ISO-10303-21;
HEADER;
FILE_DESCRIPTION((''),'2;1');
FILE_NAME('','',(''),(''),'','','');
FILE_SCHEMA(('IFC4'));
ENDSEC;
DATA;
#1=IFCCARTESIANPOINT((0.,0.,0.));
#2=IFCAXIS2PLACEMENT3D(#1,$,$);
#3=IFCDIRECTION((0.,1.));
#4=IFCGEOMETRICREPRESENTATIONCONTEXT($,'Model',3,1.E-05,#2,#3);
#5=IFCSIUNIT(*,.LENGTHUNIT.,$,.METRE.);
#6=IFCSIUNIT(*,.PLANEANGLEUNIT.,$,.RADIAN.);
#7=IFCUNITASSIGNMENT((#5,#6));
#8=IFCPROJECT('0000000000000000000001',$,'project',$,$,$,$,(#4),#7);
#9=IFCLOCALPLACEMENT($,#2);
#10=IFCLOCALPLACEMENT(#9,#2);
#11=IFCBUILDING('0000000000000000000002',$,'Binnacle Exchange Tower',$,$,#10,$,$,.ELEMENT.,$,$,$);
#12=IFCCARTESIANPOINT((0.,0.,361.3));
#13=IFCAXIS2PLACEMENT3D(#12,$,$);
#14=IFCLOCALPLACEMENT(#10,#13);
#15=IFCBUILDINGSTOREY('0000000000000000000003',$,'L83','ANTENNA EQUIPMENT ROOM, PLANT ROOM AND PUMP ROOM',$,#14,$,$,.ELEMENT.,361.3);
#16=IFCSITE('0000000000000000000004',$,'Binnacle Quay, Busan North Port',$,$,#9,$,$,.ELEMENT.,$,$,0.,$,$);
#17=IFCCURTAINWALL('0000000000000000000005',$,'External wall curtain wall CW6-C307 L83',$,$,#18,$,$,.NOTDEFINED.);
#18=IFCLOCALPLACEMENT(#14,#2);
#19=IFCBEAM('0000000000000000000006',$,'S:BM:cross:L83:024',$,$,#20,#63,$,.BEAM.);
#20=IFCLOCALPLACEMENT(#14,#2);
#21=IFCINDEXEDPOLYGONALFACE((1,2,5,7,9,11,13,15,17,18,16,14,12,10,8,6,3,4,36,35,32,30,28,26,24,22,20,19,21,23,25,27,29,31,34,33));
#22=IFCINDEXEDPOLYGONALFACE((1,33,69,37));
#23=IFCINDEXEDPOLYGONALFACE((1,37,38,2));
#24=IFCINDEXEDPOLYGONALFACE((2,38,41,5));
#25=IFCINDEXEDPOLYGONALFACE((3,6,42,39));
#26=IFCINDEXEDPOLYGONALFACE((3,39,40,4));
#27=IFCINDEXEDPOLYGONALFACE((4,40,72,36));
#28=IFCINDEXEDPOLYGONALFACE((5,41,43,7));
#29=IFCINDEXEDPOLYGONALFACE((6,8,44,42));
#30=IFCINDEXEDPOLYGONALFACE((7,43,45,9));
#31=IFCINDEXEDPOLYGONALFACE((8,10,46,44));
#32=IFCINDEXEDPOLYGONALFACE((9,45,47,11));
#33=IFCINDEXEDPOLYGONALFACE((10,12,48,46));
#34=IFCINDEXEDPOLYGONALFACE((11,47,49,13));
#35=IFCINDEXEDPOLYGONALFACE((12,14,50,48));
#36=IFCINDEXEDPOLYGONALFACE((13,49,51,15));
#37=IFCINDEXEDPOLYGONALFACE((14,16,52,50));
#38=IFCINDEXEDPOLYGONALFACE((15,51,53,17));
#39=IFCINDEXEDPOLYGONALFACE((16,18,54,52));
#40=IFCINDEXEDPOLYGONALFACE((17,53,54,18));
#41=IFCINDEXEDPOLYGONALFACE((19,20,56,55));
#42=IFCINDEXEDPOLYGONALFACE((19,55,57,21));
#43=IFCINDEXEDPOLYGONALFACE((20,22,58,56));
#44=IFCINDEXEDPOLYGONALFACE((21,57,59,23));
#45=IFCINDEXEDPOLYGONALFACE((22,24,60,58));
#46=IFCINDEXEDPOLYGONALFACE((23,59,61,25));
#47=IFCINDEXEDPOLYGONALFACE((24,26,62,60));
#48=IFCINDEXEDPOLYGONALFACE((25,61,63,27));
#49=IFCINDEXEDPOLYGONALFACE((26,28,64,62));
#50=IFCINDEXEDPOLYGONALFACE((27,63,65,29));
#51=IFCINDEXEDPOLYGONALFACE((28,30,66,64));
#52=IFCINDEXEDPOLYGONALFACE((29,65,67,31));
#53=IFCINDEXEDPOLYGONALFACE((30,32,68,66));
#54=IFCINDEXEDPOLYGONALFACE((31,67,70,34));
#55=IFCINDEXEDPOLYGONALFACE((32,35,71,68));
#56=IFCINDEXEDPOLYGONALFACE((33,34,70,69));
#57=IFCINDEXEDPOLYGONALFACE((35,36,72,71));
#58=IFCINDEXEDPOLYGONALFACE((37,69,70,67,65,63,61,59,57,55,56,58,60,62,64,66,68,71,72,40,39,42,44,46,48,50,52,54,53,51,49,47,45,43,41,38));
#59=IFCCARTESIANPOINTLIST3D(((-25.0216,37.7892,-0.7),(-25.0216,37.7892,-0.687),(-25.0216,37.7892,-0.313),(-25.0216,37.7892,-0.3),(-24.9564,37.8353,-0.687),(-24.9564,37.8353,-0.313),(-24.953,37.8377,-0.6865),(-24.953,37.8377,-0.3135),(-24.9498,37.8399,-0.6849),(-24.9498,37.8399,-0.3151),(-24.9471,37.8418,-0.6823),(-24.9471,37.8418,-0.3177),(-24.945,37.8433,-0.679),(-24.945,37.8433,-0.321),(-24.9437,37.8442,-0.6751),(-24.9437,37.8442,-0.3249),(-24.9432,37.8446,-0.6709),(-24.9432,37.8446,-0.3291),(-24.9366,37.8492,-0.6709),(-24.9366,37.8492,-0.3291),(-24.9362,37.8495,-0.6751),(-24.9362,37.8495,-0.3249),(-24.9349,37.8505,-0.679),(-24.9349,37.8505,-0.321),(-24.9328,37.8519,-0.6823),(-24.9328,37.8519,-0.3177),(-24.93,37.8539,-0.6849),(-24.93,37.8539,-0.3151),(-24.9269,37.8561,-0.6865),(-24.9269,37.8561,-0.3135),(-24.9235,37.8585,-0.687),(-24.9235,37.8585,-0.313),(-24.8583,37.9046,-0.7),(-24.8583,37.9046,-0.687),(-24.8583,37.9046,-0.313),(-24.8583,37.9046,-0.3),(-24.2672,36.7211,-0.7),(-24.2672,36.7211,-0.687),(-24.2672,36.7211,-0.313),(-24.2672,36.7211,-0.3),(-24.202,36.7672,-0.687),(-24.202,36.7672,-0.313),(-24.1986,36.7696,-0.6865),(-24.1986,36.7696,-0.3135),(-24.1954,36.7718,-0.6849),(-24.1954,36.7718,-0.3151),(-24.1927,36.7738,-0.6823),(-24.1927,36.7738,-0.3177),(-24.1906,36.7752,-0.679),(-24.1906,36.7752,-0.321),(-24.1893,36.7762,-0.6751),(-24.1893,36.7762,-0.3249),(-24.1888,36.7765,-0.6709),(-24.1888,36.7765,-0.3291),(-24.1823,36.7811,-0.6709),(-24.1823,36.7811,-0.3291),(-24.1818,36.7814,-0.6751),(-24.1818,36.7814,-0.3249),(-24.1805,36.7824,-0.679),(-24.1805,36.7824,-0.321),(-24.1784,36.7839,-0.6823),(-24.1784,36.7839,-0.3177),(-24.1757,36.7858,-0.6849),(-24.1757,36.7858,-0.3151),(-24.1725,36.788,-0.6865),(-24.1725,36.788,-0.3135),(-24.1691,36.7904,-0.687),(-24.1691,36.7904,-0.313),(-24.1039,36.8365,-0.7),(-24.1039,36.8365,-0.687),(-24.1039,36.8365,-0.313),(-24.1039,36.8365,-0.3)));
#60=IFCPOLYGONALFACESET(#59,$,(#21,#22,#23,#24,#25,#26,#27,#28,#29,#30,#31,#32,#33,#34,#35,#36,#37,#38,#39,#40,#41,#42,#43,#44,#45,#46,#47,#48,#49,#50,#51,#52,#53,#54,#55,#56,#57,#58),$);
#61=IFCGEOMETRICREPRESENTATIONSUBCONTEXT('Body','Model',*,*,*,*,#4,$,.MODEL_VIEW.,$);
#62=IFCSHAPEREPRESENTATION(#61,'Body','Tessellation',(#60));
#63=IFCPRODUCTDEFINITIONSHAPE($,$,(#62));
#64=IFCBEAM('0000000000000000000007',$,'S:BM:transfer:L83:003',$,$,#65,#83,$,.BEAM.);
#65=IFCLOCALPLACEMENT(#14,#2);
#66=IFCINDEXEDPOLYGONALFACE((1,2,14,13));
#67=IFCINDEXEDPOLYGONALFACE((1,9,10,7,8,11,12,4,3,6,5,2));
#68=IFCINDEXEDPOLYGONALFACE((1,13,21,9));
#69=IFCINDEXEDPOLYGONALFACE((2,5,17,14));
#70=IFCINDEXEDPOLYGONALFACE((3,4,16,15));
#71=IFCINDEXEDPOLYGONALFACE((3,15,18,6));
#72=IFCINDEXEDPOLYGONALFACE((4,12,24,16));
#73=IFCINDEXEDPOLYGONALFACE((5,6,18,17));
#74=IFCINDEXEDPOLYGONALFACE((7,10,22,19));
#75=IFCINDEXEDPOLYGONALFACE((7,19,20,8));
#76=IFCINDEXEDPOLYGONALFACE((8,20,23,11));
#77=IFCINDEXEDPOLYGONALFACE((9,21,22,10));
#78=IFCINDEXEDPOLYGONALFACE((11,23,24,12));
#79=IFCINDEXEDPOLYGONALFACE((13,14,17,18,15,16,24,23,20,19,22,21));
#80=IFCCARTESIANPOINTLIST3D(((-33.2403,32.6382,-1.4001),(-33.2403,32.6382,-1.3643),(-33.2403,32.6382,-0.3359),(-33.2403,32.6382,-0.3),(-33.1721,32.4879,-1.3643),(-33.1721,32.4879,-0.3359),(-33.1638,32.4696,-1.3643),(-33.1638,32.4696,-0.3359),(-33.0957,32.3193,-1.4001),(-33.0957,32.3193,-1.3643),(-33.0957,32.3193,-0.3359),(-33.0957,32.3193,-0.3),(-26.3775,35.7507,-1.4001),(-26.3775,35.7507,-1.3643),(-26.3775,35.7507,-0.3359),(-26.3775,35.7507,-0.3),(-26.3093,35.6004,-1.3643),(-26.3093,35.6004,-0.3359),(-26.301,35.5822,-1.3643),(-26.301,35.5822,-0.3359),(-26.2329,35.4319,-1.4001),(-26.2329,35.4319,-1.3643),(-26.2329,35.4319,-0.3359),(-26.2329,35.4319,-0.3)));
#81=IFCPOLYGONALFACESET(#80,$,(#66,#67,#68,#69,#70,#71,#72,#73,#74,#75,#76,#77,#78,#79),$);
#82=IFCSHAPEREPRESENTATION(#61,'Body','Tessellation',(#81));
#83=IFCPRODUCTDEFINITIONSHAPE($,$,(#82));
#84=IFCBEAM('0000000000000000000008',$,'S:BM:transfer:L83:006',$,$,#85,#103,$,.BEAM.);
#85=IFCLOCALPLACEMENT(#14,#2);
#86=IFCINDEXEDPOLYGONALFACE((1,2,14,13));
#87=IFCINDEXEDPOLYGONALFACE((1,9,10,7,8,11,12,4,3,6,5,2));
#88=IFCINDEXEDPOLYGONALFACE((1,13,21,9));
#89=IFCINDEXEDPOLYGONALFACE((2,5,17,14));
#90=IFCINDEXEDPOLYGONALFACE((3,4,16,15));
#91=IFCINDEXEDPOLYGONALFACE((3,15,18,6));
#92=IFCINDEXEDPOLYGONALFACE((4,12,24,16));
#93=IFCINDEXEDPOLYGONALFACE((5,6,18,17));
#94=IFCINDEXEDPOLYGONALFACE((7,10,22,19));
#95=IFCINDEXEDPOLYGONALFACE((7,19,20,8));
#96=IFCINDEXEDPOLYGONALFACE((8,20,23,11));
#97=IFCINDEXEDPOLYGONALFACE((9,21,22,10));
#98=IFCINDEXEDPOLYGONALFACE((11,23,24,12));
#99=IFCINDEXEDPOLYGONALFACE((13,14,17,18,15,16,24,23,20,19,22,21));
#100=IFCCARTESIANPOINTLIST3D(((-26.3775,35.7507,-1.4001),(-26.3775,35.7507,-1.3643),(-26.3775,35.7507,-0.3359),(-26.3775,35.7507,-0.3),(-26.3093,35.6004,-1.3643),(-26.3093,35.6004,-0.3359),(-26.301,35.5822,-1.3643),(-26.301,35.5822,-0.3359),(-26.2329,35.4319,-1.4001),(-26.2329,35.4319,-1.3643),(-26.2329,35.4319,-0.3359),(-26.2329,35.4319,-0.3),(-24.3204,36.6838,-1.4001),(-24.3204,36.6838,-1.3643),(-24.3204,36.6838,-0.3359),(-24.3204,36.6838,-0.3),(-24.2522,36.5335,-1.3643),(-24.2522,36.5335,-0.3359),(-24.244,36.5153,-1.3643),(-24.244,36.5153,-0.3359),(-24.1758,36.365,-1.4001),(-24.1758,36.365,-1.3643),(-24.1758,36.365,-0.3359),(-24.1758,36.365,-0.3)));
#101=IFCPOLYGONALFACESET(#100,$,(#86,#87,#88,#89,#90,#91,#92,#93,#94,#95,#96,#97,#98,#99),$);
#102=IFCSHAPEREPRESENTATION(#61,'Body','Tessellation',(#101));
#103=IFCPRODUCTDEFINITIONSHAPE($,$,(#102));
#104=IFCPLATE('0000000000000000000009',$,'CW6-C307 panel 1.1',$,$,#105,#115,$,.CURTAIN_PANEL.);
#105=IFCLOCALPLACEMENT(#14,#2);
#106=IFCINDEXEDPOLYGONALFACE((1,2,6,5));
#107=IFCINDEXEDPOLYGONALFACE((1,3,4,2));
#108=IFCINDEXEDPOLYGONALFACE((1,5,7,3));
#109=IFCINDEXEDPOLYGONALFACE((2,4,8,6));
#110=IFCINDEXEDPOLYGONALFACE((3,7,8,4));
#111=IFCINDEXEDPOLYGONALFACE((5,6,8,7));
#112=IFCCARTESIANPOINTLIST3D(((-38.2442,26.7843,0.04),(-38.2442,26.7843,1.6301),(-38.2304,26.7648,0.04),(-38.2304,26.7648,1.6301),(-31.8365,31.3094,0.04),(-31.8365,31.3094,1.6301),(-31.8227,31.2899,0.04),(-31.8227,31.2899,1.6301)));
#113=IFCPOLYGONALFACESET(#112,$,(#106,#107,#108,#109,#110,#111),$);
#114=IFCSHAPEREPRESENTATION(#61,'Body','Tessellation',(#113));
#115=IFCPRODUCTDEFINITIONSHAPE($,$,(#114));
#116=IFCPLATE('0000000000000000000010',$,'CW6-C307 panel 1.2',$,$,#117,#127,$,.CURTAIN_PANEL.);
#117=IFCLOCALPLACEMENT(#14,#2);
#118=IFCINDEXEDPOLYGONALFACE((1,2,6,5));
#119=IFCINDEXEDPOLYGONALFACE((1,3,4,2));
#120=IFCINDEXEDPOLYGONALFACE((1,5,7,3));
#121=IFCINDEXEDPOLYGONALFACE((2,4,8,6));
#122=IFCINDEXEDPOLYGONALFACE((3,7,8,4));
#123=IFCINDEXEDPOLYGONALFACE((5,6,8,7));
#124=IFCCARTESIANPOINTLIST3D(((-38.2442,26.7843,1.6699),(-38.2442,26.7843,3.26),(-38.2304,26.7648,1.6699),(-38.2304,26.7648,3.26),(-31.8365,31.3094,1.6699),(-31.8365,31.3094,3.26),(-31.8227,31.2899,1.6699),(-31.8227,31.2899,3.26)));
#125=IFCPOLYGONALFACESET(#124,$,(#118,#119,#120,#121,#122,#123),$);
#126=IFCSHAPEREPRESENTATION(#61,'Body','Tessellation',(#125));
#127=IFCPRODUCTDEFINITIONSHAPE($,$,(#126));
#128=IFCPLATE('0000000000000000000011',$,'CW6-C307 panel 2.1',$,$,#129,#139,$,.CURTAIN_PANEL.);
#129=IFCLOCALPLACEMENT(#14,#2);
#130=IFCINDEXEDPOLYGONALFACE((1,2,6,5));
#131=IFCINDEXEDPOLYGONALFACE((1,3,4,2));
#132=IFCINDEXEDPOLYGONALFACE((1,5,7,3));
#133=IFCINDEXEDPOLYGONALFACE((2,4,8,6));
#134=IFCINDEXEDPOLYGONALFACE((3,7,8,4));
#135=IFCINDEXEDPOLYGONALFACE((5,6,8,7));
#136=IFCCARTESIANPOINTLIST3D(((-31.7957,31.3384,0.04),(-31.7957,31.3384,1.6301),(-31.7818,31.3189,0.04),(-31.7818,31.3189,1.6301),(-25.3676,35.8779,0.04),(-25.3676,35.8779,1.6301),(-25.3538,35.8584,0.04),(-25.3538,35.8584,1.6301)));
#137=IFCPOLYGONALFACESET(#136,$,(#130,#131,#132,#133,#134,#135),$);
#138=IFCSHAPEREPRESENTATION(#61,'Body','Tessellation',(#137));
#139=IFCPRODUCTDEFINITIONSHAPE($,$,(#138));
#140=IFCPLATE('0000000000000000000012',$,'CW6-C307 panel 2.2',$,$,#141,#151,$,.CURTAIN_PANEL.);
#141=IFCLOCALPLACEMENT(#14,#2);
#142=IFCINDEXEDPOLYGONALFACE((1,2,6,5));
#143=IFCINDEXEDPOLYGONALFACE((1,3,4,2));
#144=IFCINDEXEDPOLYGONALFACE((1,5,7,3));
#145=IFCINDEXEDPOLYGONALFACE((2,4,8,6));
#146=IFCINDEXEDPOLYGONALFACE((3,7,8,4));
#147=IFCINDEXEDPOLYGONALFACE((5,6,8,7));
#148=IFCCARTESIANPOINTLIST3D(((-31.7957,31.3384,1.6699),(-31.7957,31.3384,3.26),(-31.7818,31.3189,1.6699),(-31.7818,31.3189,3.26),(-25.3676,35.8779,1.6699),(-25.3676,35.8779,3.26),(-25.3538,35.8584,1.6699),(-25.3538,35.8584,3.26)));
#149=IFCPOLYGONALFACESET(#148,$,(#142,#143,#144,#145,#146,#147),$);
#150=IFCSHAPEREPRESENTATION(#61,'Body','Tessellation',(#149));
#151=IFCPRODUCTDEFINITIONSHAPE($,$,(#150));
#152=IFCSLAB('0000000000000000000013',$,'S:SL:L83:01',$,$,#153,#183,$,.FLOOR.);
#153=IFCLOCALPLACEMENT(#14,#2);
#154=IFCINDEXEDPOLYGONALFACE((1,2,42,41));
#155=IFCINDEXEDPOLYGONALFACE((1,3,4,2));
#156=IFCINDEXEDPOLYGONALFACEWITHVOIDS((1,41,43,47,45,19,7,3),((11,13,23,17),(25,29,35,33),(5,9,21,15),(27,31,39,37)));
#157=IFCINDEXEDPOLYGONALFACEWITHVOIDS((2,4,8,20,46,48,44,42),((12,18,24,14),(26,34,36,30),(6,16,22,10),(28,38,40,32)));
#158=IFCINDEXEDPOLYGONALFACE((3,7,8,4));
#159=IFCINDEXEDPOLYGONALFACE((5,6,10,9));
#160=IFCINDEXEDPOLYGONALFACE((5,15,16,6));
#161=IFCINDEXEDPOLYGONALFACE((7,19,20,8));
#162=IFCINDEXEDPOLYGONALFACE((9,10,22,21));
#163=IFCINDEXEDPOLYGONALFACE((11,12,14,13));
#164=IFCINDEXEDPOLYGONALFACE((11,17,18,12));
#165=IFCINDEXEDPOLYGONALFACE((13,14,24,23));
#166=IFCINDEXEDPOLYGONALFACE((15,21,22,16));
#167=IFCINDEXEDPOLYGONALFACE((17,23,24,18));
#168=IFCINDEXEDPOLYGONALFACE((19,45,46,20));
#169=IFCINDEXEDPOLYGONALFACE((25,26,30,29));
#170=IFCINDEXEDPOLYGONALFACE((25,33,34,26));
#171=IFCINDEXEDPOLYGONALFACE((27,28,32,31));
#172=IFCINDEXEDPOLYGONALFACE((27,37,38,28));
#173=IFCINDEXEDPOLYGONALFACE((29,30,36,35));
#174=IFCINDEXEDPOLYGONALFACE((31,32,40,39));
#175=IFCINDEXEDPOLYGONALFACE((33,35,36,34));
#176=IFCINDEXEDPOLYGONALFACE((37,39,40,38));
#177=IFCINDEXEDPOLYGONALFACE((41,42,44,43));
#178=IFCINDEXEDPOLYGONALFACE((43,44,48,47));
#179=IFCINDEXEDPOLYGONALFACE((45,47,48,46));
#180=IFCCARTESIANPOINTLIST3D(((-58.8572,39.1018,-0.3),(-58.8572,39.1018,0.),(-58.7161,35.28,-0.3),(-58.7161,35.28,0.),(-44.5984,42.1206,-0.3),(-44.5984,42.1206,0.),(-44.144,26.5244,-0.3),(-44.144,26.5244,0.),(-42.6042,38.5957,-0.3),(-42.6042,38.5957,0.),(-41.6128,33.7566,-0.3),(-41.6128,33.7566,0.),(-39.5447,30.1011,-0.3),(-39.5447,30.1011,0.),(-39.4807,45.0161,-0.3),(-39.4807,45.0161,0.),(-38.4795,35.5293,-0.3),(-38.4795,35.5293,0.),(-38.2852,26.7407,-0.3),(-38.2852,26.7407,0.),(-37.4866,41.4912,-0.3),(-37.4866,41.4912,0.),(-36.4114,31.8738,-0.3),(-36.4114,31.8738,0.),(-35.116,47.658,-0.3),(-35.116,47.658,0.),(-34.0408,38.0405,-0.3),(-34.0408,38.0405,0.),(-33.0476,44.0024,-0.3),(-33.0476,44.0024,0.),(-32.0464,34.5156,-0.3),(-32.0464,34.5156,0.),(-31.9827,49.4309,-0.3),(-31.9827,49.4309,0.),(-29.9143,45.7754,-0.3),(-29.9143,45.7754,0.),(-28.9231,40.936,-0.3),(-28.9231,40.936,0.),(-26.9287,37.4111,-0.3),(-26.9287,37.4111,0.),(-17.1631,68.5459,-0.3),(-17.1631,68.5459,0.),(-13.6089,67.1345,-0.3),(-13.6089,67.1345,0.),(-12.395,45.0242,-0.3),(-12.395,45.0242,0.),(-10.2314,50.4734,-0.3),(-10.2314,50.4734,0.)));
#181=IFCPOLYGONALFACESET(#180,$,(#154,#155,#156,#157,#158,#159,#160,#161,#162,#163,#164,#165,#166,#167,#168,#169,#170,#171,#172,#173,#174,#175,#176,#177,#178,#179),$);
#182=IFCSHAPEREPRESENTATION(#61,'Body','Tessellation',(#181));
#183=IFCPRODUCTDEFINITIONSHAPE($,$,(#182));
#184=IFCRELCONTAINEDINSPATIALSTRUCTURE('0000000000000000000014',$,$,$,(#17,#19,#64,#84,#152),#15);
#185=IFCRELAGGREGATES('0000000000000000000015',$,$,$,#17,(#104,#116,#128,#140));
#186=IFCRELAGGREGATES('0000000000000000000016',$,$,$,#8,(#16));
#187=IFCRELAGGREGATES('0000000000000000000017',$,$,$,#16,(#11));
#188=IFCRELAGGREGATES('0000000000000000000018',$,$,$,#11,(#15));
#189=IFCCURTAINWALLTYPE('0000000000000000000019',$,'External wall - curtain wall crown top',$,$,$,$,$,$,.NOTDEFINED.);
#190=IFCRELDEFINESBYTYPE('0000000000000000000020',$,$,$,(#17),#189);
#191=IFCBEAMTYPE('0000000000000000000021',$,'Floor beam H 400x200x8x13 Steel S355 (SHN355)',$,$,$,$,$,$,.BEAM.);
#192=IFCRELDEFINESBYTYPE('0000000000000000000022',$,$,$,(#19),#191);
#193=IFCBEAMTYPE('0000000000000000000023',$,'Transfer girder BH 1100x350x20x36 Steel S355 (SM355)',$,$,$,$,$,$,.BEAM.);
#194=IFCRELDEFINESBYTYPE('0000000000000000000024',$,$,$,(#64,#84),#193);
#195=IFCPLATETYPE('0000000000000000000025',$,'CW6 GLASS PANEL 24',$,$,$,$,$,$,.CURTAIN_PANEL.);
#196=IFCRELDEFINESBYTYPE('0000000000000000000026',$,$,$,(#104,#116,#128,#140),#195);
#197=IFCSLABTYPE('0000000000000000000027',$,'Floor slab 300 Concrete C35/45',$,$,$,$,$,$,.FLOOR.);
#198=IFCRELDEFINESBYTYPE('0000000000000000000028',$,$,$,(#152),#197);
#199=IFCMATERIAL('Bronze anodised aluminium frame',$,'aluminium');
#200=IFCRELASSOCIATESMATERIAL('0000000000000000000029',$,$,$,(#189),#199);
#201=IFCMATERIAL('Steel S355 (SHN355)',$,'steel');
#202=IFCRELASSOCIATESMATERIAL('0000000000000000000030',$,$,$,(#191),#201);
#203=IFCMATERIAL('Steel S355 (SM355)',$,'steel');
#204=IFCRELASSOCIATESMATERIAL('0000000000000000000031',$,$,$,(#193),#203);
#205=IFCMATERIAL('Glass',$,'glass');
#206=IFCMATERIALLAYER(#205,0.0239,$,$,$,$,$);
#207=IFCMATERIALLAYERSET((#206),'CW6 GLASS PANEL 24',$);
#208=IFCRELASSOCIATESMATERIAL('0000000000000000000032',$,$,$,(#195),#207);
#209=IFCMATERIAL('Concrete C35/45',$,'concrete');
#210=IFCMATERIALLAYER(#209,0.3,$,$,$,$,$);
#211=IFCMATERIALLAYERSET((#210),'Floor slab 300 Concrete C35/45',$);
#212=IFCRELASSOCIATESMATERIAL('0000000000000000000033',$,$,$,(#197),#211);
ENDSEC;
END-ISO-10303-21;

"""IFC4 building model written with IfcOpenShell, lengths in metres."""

from ifc_helpers import new_model, si_unit, direction, frame, origin, origin_2d, place, context, subcontext, project, spatial, polyline, rectangle, i_section, outline, extrude, material, layer, layer_set, material_profile, profile_set, type_object, element, aggregate, save


model = new_model("IFC4")

# Units and contexts
model_context = context("Model", 3, precision=1e-05, world=origin(), true_north=direction((0.0, 1.0)))
body_context = subcontext(model_context, "Body", "Model", "MODEL_VIEW")
ifc_project = project(units=[si_unit("LENGTHUNIT", "METRE"), si_unit("PLANEANGLEUNIT", "RADIAN")], contexts=[model_context])

# Site, building, storey
site_placement = place(None, origin())
site = spatial("IfcSite", under=ifc_project, at=site_placement, Name="Binnacle Quay, Busan North Port", CompositionType="ELEMENT", RefElevation=0.0)
building_placement = place(site_placement, origin())
building = spatial("IfcBuilding", under=site, at=building_placement, Name="Binnacle Exchange Tower", CompositionType="ELEMENT")
storey_placement = place(building_placement, frame((0.0, 0.0, 361.3)))
storey = spatial("IfcBuildingStorey", under=building, at=storey_placement, Name="L83", Description="ANTENNA EQUIPMENT ROOM, PLANT ROOM AND PUMP ROOM", CompositionType="ELEMENT", Elevation=361.3)

# Shared definitions
ifc_material_1 = material(Name="Steel S355 (SHN355)", Category="steel")

# Curtain wall
ifc_material_2 = material(Name="Bronze anodised aluminium frame", Category="aluminium")
curtain_wall_type = type_object("IfcCurtainWallType", Name="External wall - curtain wall crown top", PredefinedType="NOTDEFINED", material=ifc_material_2)
curtain_wall_placement = place(storey_placement, origin())
curtain_wall = element("IfcCurtainWall", 1, at=curtain_wall_placement, inside=storey, type_object=curtain_wall_type, Name="External wall curtain wall CW6-C307 L83", PredefinedType="NOTDEFINED")

# Beams
ifc_material_profile_1 = material_profile(ifc_material_1, i_section(OverallWidth=0.2, OverallDepth=0.3999, WebThickness=0.0081, FlangeThickness=0.0129, FilletRadius=0.0161, at=origin_2d()), Name="H 400x200x8x13")
ifc_profile_set_1 = profile_set([ifc_material_profile_1], Name="Steel S355 (SHN355)")
beam_type_1 = type_object("IfcBeamType", Name="Floor beam H 400x200x8x13 Steel S355 (SHN355)", PredefinedType="BEAM", material=ifc_profile_set_1)
beam_1_placement = place(storey_placement, frame((-24.1855, 36.7788, -0.5), z_axis=(-0.576903, 0.816813, 0.0), x_axis=(-0.816813, -0.576903, 0.0)))
element("IfcBeam", 2, at=beam_1_placement, inside=storey, type_object=beam_type_1, Name="S:BM:cross:L83:024", PredefinedType="BEAM", context=body_context, shape_type="SweptSolid", body=[
    extrude(i_section(OverallWidth=0.2, OverallDepth=0.3999, WebThickness=0.0081, FlangeThickness=0.0129, FilletRadius=0.0161, at=origin_2d()), origin(), (0.0, 0.0, 1.0), 1.3076),
])
ifc_material_3 = material(Name="Steel S355 (SM355)", Category="steel")
ifc_material_profile_2 = material_profile(ifc_material_3, i_section(OverallWidth=0.3501, OverallDepth=1.1001, WebThickness=0.02, FlangeThickness=0.0359, at=origin_2d()), Name="BH 1100x350x20x36")
ifc_profile_set_2 = profile_set([ifc_material_profile_2], Name="Steel S355 (SM355)")
beam_type_2 = type_object("IfcBeamType", Name="Transfer girder BH 1100x350x20x36 Steel S355 (SM355)", PredefinedType="BEAM", material=ifc_profile_set_2)
beam_2_placement = place(storey_placement, frame((-33.168, 32.4788, -0.8501), z_axis=(0.910711, 0.413044, 0.0), x_axis=(-0.413044, 0.910711, 0.0)))
element("IfcBeam", 3, at=beam_2_placement, inside=storey, type_object=beam_type_2, Name="S:BM:transfer:L83:003", PredefinedType="BEAM", context=body_context, shape_type="SweptSolid", body=[
    extrude(i_section(OverallWidth=0.3501, OverallDepth=1.1001, WebThickness=0.02, FlangeThickness=0.0359, at=origin_2d()), origin(), (0.0, 0.0, 1.0), 7.5356),
])
beam_3_placement = place(storey_placement, frame((-26.3052, 35.5913, -0.8501), z_axis=(0.910692, 0.413086, 0.0), x_axis=(-0.413086, 0.910692, 0.0)))
element("IfcBeam", 4, at=beam_3_placement, inside=storey, type_object=beam_type_2, Name="S:BM:transfer:L83:006", PredefinedType="BEAM", context=body_context, shape_type="SweptSolid", body=[
    extrude(i_section(OverallWidth=0.3501, OverallDepth=1.1001, WebThickness=0.02, FlangeThickness=0.0359, at=origin_2d()), origin(), (0.0, 0.0, 1.0), 2.2588),
])

# Plates
ifc_material_4 = material(Name="Glass", Category="glass")
ifc_layer_1 = layer(ifc_material_4, 0.0239)
ifc_layer_set_1 = layer_set([ifc_layer_1], Name="CW6 GLASS PANEL 24")
plate_type = type_object("IfcPlateType", Name="CW6 GLASS PANEL 24", PredefinedType="CURTAIN_PANEL", material=ifc_layer_set_1)
plate_1_placement = place(storey_placement, frame((-35.0334, 29.0371, 0.04), z_axis=(0.0, 0.0, 1.0), x_axis=(0.816847, 0.576854, 0.0)))
plate_1 = element("IfcPlate", 5, at=plate_1_placement, type_object=plate_type, Name="CW6-C307 panel 1.1", PredefinedType="CURTAIN_PANEL", context=body_context, shape_type="SweptSolid", body=[
    extrude(rectangle(XDim=7.8445, YDim=0.0239, at=origin_2d()), origin(), (0.0, 0.0, 1.0), 1.5901),
])
plate_2_placement = place(storey_placement, frame((-35.0334, 29.0371, 1.6699), z_axis=(0.0, 0.0, 1.0), x_axis=(0.816847, 0.576854, 0.0)))
plate_2 = element("IfcPlate", 6, at=plate_2_placement, type_object=plate_type, Name="CW6-C307 panel 1.2", PredefinedType="CURTAIN_PANEL", context=body_context, shape_type="SweptSolid", body=[
    extrude(rectangle(XDim=7.8445, YDim=0.0239, at=origin_2d()), origin(), (0.0, 0.0, 1.0), 1.5901),
])
plate_3_placement = place(storey_placement, frame((-28.5747, 33.5984, 0.04), z_axis=(0.0, 0.0, 1.0), x_axis=(0.816847, 0.576854, 0.0)))
plate_3 = element("IfcPlate", 7, at=plate_3_placement, type_object=plate_type, Name="CW6-C307 panel 2.1", PredefinedType="CURTAIN_PANEL", context=body_context, shape_type="SweptSolid", body=[
    extrude(rectangle(XDim=7.8694, YDim=0.0239, at=origin_2d()), origin(), (0.0, 0.0, 1.0), 1.5901),
])
plate_4_placement = place(storey_placement, frame((-28.5747, 33.5984, 1.6699), z_axis=(0.0, 0.0, 1.0), x_axis=(0.816847, 0.576854, 0.0)))
plate_4 = element("IfcPlate", 8, at=plate_4_placement, type_object=plate_type, Name="CW6-C307 panel 2.2", PredefinedType="CURTAIN_PANEL", context=body_context, shape_type="SweptSolid", body=[
    extrude(rectangle(XDim=7.8694, YDim=0.0239, at=origin_2d()), origin(), (0.0, 0.0, 1.0), 1.5901),
])
aggregate(curtain_wall, [plate_1, plate_2, plate_3, plate_4])

# Slab
ifc_material_5 = material(Name="Concrete C35/45", Category="concrete")
ifc_layer_2 = layer(ifc_material_5, 0.3)
ifc_layer_set_2 = layer_set([ifc_layer_2], Name="Floor slab 300 Concrete C35/45")
slab_type_1 = type_object("IfcSlabType", Name="Floor slab 300 Concrete C35/45", PredefinedType="FLOOR", material=ifc_layer_set_2)
slab_1_placement = place(storey_placement, frame((0.0, 0.0, -0.3)))
element("IfcSlab", 9, at=slab_1_placement, inside=storey, type_object=slab_type_1, Name="S:SL:L83:01", PredefinedType="FLOOR", context=body_context, shape_type="SweptSolid", body=[
    extrude(outline(polyline([(-38.2852, 26.7407), (-44.144, 26.5244), (-58.7161, 35.28), (-58.8572, 39.1018), (-17.1631, 68.5459), (-13.6089, 67.1345), (-10.2314, 50.4734), (-12.395, 45.0242), (-38.2852, 26.7407)]), holes=[polyline([(-41.6128, 33.7566), (-39.5447, 30.1011), (-36.4114, 31.8738), (-38.4795, 35.5293), (-41.6128, 33.7566)]), polyline([(-26.9287, 37.4111), (-28.9231, 40.936), (-34.0408, 38.0405), (-32.0464, 34.5156), (-26.9287, 37.4111)]), polyline([(-44.5984, 42.1206), (-42.6042, 38.5957), (-37.4866, 41.4912), (-39.4807, 45.0161), (-44.5984, 42.1206)]), polyline([(-35.116, 47.658), (-33.0476, 44.0024), (-29.9143, 45.7754), (-31.9827, 49.4309), (-35.116, 47.658)])]), origin(), (0.0, 0.0, 1.0), 0.3),
])

save(model, "model.ifc")
